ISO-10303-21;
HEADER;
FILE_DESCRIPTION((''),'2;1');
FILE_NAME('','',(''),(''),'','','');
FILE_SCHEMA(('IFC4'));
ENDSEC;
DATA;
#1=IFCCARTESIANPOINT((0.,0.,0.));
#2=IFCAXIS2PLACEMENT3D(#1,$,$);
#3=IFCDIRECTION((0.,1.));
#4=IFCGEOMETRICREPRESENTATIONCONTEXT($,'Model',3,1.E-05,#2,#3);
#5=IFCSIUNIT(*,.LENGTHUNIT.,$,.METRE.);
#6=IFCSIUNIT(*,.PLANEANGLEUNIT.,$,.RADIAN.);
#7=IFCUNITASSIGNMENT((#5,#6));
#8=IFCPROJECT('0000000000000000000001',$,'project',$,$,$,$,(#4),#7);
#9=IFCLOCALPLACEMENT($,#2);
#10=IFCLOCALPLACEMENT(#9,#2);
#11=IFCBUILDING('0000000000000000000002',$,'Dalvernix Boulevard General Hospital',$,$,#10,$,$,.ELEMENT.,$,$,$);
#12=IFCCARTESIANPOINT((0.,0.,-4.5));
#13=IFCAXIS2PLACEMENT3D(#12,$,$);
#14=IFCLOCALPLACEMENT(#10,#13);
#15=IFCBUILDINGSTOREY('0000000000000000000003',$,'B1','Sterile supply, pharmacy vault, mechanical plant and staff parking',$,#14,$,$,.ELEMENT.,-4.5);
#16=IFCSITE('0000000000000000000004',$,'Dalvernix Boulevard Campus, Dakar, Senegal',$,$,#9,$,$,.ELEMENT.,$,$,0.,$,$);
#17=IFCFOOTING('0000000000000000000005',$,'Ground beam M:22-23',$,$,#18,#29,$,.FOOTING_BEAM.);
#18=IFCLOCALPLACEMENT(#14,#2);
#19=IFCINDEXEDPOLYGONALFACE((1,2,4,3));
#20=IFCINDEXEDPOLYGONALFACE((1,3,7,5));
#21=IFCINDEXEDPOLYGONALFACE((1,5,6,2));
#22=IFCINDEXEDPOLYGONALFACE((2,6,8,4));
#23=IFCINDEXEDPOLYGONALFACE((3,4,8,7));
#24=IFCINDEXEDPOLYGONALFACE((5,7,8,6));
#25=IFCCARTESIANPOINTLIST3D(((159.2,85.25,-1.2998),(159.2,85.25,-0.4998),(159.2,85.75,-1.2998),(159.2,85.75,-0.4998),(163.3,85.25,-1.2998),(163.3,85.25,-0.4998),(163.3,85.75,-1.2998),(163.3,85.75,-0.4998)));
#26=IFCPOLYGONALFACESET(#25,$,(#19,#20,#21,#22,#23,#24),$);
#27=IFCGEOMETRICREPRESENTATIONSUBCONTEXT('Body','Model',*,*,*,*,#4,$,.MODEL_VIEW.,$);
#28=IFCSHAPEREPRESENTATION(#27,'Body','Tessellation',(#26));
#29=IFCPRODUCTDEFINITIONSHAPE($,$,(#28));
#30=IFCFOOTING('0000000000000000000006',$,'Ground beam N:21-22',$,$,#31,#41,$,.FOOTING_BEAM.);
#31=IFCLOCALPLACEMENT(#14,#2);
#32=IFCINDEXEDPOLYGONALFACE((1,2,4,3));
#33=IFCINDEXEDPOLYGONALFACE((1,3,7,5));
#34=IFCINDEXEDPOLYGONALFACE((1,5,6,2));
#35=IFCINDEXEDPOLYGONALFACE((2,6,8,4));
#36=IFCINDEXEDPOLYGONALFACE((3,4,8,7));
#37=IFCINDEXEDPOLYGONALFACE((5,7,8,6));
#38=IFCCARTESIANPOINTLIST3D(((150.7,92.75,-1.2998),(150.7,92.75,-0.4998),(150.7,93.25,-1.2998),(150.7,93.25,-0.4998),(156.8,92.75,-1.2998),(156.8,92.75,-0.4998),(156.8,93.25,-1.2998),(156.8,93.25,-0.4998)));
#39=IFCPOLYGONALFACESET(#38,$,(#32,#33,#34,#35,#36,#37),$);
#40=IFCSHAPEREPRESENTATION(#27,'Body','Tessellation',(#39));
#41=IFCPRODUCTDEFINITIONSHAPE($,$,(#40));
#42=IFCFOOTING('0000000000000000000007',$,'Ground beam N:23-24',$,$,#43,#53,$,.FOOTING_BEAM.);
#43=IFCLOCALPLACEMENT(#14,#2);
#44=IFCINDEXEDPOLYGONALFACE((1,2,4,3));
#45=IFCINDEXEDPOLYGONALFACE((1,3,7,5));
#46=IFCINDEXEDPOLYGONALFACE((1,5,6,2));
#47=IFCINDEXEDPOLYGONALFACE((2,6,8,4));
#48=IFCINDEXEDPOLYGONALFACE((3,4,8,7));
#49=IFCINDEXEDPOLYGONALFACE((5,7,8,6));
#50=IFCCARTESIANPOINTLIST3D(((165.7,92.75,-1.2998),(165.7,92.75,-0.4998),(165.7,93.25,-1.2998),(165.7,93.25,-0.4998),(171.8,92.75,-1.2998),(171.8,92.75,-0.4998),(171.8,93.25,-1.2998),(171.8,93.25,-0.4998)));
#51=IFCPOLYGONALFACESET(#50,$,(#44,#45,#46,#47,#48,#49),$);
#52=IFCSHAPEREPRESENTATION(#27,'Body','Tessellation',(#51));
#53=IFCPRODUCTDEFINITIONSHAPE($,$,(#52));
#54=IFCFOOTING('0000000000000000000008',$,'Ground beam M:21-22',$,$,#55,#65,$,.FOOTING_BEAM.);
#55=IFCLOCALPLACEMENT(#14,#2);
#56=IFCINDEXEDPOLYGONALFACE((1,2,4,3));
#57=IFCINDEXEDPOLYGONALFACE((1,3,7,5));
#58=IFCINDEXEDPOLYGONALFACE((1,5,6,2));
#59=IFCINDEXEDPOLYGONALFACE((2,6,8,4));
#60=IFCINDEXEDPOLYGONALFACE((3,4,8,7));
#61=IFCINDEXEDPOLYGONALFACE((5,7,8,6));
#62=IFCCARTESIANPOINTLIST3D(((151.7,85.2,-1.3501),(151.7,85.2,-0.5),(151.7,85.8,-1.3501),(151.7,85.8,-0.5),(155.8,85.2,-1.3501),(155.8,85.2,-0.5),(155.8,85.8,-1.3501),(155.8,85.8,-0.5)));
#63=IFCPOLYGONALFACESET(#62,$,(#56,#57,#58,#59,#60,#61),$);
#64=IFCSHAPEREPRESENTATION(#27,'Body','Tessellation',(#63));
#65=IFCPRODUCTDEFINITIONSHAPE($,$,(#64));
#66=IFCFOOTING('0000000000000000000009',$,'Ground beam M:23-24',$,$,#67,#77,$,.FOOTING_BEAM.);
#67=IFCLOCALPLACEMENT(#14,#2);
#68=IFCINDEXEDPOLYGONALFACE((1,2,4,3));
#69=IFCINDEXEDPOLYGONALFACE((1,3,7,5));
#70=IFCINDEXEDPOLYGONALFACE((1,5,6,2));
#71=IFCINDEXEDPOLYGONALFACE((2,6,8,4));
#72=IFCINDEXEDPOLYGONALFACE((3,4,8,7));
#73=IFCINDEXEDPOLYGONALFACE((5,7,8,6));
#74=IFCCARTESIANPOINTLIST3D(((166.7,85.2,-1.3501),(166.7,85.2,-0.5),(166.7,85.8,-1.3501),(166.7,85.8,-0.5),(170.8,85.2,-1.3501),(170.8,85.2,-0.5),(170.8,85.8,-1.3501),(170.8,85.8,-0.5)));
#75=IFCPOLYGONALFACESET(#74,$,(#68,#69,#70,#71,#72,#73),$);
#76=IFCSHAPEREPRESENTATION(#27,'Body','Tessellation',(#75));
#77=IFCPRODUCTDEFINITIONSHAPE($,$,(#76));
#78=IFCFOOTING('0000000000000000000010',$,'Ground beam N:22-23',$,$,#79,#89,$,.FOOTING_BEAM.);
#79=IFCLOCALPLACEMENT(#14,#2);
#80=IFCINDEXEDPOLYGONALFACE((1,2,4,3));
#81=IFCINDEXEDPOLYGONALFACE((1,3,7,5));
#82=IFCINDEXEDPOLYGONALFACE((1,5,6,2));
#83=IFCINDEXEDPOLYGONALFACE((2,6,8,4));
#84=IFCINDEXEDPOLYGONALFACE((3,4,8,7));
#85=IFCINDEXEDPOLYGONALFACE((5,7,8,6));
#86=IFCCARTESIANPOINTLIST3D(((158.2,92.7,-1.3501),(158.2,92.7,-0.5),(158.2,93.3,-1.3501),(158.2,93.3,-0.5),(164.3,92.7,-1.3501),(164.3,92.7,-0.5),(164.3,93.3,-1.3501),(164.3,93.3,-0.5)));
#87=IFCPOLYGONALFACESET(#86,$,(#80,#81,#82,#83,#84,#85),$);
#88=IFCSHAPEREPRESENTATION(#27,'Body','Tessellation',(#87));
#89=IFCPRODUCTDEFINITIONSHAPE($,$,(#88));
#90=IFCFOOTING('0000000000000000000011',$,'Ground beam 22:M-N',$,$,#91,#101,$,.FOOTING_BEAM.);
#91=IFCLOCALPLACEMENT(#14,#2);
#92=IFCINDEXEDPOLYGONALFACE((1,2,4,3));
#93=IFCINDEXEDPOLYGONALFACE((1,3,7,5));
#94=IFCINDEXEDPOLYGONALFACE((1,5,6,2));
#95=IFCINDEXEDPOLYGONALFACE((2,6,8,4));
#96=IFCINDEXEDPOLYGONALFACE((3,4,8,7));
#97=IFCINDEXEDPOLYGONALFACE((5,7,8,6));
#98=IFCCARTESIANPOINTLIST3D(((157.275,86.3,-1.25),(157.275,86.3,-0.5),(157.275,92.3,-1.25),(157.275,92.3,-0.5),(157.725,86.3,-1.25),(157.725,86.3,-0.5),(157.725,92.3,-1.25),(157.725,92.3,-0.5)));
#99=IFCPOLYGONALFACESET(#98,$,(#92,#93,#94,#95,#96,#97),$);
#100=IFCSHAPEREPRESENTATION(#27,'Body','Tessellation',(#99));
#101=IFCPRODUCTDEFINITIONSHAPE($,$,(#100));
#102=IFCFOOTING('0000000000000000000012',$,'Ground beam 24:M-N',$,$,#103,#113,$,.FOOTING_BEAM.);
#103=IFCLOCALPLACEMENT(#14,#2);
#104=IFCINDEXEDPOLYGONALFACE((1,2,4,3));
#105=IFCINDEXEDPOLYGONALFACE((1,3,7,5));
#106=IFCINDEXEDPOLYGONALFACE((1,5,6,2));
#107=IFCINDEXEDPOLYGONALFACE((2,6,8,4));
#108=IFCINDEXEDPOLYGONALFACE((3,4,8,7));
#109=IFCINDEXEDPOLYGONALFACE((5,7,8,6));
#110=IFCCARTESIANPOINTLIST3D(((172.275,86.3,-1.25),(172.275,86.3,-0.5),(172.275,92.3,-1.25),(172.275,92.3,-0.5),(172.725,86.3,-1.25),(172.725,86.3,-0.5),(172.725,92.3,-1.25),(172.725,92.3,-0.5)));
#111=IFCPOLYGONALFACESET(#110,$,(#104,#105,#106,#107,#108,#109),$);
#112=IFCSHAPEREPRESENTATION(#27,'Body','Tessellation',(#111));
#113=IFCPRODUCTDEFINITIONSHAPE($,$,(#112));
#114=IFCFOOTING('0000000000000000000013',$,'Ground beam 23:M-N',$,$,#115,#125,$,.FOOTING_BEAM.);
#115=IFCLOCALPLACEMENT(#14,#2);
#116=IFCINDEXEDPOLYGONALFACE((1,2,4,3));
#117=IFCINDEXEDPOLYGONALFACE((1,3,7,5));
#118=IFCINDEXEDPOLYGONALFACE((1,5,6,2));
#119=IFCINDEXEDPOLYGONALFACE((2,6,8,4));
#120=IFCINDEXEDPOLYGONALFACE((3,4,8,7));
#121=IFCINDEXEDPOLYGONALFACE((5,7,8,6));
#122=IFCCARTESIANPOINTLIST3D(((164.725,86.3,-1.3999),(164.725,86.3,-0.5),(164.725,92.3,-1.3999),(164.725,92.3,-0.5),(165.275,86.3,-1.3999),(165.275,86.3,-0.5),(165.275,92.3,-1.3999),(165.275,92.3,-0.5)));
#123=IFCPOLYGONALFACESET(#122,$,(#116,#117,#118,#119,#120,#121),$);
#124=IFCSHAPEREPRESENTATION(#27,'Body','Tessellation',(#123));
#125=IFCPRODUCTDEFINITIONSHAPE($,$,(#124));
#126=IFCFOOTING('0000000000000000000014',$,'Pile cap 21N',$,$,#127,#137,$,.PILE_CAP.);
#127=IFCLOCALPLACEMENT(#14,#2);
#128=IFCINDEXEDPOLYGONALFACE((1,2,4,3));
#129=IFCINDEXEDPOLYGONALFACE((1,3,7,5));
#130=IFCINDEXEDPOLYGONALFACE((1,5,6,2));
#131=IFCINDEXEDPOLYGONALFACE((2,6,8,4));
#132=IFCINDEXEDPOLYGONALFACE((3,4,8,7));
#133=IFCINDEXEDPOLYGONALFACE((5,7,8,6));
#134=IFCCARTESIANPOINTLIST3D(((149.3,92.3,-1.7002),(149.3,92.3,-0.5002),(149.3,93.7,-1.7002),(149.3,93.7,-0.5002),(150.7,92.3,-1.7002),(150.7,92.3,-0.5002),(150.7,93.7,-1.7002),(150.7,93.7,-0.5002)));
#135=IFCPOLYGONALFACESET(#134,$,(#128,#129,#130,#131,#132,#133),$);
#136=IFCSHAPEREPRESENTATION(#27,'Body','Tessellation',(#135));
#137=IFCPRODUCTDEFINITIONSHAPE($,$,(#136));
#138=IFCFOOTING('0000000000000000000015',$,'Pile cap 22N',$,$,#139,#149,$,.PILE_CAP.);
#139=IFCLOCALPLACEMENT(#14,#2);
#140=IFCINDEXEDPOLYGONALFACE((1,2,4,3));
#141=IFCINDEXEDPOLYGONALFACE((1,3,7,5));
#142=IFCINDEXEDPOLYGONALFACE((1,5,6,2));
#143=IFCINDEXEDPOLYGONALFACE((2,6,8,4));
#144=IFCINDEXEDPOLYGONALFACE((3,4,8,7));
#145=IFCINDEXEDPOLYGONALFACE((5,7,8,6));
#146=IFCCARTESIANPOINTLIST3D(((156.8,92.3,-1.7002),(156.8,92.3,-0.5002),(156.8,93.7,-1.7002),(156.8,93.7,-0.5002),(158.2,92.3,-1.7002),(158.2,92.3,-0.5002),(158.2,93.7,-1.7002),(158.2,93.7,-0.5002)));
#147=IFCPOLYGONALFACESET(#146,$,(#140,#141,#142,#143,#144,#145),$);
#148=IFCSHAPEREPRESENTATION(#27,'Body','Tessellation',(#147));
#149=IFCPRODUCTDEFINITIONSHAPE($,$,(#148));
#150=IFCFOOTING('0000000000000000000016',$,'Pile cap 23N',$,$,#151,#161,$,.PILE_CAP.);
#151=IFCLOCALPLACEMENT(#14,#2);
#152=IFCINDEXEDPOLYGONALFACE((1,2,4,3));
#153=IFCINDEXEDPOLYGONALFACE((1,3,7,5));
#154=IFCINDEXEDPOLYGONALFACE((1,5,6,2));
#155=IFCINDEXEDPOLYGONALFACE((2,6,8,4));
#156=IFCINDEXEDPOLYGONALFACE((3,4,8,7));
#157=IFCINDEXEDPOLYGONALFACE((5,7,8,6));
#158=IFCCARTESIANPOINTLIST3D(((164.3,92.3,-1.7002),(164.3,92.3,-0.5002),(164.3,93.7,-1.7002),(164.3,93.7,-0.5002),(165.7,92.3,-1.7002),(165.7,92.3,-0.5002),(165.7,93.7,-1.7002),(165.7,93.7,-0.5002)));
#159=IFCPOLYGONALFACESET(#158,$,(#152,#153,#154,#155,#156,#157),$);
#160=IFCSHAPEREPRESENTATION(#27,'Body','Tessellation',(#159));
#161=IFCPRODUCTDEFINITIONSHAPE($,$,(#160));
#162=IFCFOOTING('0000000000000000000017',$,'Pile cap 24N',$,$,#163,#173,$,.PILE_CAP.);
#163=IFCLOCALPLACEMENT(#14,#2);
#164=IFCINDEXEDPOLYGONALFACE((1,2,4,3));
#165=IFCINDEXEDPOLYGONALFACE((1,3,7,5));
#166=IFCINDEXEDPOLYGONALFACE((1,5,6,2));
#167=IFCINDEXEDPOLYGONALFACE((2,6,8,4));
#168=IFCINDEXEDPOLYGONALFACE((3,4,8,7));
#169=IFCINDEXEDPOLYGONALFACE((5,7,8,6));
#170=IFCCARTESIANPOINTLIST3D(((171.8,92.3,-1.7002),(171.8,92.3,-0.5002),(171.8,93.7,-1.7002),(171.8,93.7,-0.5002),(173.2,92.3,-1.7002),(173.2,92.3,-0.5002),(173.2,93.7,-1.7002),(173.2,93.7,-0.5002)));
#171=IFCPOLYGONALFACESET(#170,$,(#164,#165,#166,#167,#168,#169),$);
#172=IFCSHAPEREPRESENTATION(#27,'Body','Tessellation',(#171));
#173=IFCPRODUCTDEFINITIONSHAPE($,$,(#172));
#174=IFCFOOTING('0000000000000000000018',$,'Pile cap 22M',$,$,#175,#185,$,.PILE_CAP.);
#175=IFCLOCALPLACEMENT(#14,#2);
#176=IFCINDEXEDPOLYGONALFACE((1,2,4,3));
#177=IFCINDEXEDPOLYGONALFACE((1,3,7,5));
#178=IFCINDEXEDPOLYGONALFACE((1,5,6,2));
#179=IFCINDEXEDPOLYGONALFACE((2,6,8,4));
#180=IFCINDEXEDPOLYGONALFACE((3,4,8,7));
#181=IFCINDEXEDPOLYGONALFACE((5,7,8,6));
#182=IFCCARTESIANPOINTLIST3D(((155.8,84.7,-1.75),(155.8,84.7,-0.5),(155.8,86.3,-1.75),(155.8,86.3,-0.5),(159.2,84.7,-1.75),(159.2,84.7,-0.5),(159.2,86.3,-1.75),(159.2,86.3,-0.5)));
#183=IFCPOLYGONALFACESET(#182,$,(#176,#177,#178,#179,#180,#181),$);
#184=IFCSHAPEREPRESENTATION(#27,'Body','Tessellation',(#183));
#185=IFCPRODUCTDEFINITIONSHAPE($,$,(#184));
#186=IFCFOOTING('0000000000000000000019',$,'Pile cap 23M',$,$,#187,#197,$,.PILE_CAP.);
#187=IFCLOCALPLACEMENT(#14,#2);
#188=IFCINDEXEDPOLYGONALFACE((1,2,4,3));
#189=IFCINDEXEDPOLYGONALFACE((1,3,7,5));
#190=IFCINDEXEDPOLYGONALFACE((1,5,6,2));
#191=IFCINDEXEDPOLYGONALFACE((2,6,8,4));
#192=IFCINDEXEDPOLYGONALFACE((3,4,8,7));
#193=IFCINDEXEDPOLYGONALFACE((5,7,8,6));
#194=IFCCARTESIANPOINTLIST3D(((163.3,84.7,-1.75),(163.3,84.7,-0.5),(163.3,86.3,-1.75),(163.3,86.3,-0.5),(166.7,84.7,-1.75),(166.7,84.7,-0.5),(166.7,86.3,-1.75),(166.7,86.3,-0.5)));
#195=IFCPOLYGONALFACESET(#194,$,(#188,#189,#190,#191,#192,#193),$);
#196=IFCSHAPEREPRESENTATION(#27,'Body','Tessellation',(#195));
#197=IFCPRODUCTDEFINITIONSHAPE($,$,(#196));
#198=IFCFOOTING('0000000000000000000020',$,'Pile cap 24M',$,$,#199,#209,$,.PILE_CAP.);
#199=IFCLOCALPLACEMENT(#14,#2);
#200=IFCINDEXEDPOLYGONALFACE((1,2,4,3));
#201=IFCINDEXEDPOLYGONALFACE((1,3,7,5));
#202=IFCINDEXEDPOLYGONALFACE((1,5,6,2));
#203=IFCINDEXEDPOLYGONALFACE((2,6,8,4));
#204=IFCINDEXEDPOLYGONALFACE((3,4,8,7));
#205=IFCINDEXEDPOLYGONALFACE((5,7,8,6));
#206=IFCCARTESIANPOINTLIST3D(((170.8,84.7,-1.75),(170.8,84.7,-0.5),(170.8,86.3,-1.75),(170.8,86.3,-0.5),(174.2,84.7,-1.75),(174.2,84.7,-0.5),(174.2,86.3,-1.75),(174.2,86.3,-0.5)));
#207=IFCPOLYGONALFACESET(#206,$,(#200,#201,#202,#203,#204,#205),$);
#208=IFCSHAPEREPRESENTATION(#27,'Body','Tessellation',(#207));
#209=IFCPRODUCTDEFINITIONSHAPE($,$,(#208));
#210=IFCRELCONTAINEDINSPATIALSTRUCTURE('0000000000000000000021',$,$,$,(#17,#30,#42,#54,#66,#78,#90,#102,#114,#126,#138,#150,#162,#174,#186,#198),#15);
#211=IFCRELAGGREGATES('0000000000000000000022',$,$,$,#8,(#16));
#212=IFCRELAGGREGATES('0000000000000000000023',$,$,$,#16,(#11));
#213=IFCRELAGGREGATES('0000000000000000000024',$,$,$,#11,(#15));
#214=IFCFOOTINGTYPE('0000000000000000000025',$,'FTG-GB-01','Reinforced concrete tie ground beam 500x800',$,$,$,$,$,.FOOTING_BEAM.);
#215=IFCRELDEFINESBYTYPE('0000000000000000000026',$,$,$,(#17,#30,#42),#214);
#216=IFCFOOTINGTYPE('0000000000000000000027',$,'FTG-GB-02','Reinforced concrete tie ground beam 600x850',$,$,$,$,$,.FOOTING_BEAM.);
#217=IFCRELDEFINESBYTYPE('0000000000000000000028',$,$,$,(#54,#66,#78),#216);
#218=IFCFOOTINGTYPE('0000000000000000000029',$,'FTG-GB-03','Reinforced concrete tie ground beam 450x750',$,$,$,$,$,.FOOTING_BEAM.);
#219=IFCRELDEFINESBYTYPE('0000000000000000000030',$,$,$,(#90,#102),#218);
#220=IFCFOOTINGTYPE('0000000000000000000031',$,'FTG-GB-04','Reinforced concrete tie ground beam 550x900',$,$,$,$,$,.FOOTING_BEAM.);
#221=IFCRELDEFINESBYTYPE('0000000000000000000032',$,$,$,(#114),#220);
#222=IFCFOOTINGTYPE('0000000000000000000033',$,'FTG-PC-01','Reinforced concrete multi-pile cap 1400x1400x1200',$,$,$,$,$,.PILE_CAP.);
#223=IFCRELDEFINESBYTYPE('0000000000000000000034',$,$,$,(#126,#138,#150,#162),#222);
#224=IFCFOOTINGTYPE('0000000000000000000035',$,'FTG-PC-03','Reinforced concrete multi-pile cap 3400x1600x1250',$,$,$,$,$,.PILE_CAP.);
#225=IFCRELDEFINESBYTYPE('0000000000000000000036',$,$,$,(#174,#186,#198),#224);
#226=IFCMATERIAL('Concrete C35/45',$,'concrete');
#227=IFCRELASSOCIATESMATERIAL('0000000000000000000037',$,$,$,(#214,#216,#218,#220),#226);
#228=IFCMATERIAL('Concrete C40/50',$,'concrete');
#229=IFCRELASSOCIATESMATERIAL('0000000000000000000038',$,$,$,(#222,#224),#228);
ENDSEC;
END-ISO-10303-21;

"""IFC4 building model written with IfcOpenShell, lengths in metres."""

from ifc_helpers import new_model, si_unit, direction, frame, origin, origin_2d, place, context, subcontext, project, spatial, rectangle, extrude, material, type_object, element, save


model = new_model("IFC4")

# Units and contexts
model_context = context("Model", 3, precision=1e-05, world=origin(), true_north=direction((0.0, 1.0)))
body_context = subcontext(model_context, "Body", "Model", "MODEL_VIEW")
ifc_project = project(units=[si_unit("LENGTHUNIT", "METRE"), si_unit("PLANEANGLEUNIT", "RADIAN")], contexts=[model_context])

# Site, building, storey
site_placement = place(None, origin())
site = spatial("IfcSite", under=ifc_project, at=site_placement, Name="Dalvernix Boulevard Campus, Dakar, Senegal", CompositionType="ELEMENT", RefElevation=0.0)
building_placement = place(site_placement, origin())
building = spatial("IfcBuilding", under=site, at=building_placement, Name="Dalvernix Boulevard General Hospital", CompositionType="ELEMENT")
storey_placement = place(building_placement, frame((0.0, 0.0, -4.5)))
storey = spatial("IfcBuildingStorey", under=building, at=storey_placement, Name="B1", Description="Sterile supply, pharmacy vault, mechanical plant and staff parking", CompositionType="ELEMENT", Elevation=-4.5)

# Footings
ifc_material_1 = material(Name="Concrete C35/45", Category="concrete")
footing_type_1 = type_object("IfcFootingType", Name="FTG-GB-01", Description="Reinforced concrete tie ground beam 500x800", PredefinedType="FOOTING_BEAM", material=ifc_material_1)
footing_1_placement = place(storey_placement, frame((161.25, 85.5, -1.2998), z_axis=(0.0, 0.0, 1.0), x_axis=(1.0, 0.0, 0.0)))
element("IfcFooting", 1, at=footing_1_placement, inside=storey, type_object=footing_type_1, Name="Ground beam M:22-23", PredefinedType="FOOTING_BEAM", context=body_context, shape_type="SweptSolid", body=[
    extrude(rectangle(XDim=4.1001, YDim=0.5, at=origin_2d()), origin(), (0.0, 0.0, 1.0), 0.8),
])
for number, where, z_axis, x_axis, name in (
    (2, (153.75, 93.0, -1.2998), (0.0, 0.0, 1.0), (1.0, 0.0, 0.0), "Ground beam N:21-22"),
    (3, (168.75, 93.0, -1.2998), (0.0, 0.0, 1.0), (1.0, 0.0, 0.0), "Ground beam N:23-24"),
):
    element("IfcFooting", number, at=place(storey_placement, frame(where, z_axis=z_axis, x_axis=x_axis)), inside=storey, type_object=footing_type_1, Name=name, PredefinedType="FOOTING_BEAM", context=body_context, shape_type="SweptSolid", body=[
        extrude(rectangle(XDim=6.1001, YDim=0.5, at=origin_2d()), origin(), (0.0, 0.0, 1.0), 0.8),
    ])
footing_type_2 = type_object("IfcFootingType", Name="FTG-GB-02", Description="Reinforced concrete tie ground beam 600x850", PredefinedType="FOOTING_BEAM", material=ifc_material_1)
for number, where, z_axis, x_axis, name in (
    (4, (153.75, 85.5, -1.3501), (0.0, 0.0, 1.0), (1.0, 0.0, 0.0), "Ground beam M:21-22"),
    (5, (168.75, 85.5, -1.3501), (0.0, 0.0, 1.0), (1.0, 0.0, 0.0), "Ground beam M:23-24"),
):
    element("IfcFooting", number, at=place(storey_placement, frame(where, z_axis=z_axis, x_axis=x_axis)), inside=storey, type_object=footing_type_2, Name=name, PredefinedType="FOOTING_BEAM", context=body_context, shape_type="SweptSolid", body=[
        extrude(rectangle(XDim=4.1001, YDim=0.6001, at=origin_2d()), origin(), (0.0, 0.0, 1.0), 0.8501),
    ])
footing_2_placement = place(storey_placement, frame((161.25, 93.0, -1.3501), z_axis=(0.0, 0.0, 1.0), x_axis=(1.0, 0.0, 0.0)))
element("IfcFooting", 6, at=footing_2_placement, inside=storey, type_object=footing_type_2, Name="Ground beam N:22-23", PredefinedType="FOOTING_BEAM", context=body_context, shape_type="SweptSolid", body=[
    extrude(rectangle(XDim=6.1001, YDim=0.6001, at=origin_2d()), origin(), (0.0, 0.0, 1.0), 0.8501),
])
footing_type_3 = type_object("IfcFootingType", Name="FTG-GB-03", Description="Reinforced concrete tie ground beam 450x750", PredefinedType="FOOTING_BEAM", material=ifc_material_1)
for number, where, z_axis, x_axis, name in (
    (7, (157.5, 89.3, -1.25), (0.0, 0.0, 1.0), (0.0, 1.0, 0.0), "Ground beam 22:M-N"),
    (8, (172.5, 89.3, -1.25), (0.0, 0.0, 1.0), (0.0, 1.0, 0.0), "Ground beam 24:M-N"),
):
    element("IfcFooting", number, at=place(storey_placement, frame(where, z_axis=z_axis, x_axis=x_axis)), inside=storey, type_object=footing_type_3, Name=name, PredefinedType="FOOTING_BEAM", context=body_context, shape_type="SweptSolid", body=[
        extrude(rectangle(XDim=6.0, YDim=0.45, at=origin_2d()), origin(), (0.0, 0.0, 1.0), 0.75),
    ])
footing_type_4 = type_object("IfcFootingType", Name="FTG-GB-04", Description="Reinforced concrete tie ground beam 550x900", PredefinedType="FOOTING_BEAM", material=ifc_material_1)
footing_3_placement = place(storey_placement, frame((165.0, 89.3, -1.3999), z_axis=(0.0, 0.0, 1.0), x_axis=(0.0, 1.0, 0.0)))
element("IfcFooting", 9, at=footing_3_placement, inside=storey, type_object=footing_type_4, Name="Ground beam 23:M-N", PredefinedType="FOOTING_BEAM", context=body_context, shape_type="SweptSolid", body=[
    extrude(rectangle(XDim=6.0, YDim=0.55, at=origin_2d()), origin(), (0.0, 0.0, 1.0), 0.8999),
])
ifc_material_2 = material(Name="Concrete C40/50", Category="concrete")
footing_type_5 = type_object("IfcFootingType", Name="FTG-PC-01", Description="Reinforced concrete multi-pile cap 1400x1400x1200", PredefinedType="PILE_CAP", material=ifc_material_2)
for number, where, z_axis, x_axis, name in (
    (10, (150.0, 93.0, -1.7002), (0.0, 0.0, 1.0), (1.0, 0.0, 0.0), "Pile cap 21N"),
    (11, (157.5, 93.0, -1.7002), (0.0, 0.0, 1.0), (1.0, 0.0, 0.0), "Pile cap 22N"),
    (12, (165.0, 93.0, -1.7002), (0.0, 0.0, 1.0), (1.0, 0.0, 0.0), "Pile cap 23N"),
    (13, (172.5, 93.0, -1.7002), (0.0, 0.0, 1.0), (1.0, 0.0, 0.0), "Pile cap 24N"),
):
    element("IfcFooting", number, at=place(storey_placement, frame(where, z_axis=z_axis, x_axis=x_axis)), inside=storey, type_object=footing_type_5, Name=name, PredefinedType="PILE_CAP", context=body_context, shape_type="SweptSolid", body=[
        extrude(rectangle(XDim=1.3999, YDim=1.3999, at=origin_2d()), origin(), (0.0, 0.0, 1.0), 1.2),
    ])
footing_type_6 = type_object("IfcFootingType", Name="FTG-PC-03", Description="Reinforced concrete multi-pile cap 3400x1600x1250", PredefinedType="PILE_CAP", material=ifc_material_2)
for number, where, z_axis, x_axis, name in (
    (14, (157.5, 85.5, -1.75), (0.0, 0.0, 1.0), (1.0, 0.0, 0.0), "Pile cap 22M"),
    (15, (165.0, 85.5, -1.75), (0.0, 0.0, 1.0), (1.0, 0.0, 0.0), "Pile cap 23M"),
    (16, (172.5, 85.5, -1.75), (0.0, 0.0, 1.0), (1.0, 0.0, 0.0), "Pile cap 24M"),
):
    element("IfcFooting", number, at=place(storey_placement, frame(where, z_axis=z_axis, x_axis=x_axis)), inside=storey, type_object=footing_type_6, Name=name, PredefinedType="PILE_CAP", context=body_context, shape_type="SweptSolid", body=[
        extrude(rectangle(XDim=3.3999, YDim=1.6001, at=origin_2d()), origin(), (0.0, 0.0, 1.0), 1.25),
    ])

save(model, "model.ifc")
